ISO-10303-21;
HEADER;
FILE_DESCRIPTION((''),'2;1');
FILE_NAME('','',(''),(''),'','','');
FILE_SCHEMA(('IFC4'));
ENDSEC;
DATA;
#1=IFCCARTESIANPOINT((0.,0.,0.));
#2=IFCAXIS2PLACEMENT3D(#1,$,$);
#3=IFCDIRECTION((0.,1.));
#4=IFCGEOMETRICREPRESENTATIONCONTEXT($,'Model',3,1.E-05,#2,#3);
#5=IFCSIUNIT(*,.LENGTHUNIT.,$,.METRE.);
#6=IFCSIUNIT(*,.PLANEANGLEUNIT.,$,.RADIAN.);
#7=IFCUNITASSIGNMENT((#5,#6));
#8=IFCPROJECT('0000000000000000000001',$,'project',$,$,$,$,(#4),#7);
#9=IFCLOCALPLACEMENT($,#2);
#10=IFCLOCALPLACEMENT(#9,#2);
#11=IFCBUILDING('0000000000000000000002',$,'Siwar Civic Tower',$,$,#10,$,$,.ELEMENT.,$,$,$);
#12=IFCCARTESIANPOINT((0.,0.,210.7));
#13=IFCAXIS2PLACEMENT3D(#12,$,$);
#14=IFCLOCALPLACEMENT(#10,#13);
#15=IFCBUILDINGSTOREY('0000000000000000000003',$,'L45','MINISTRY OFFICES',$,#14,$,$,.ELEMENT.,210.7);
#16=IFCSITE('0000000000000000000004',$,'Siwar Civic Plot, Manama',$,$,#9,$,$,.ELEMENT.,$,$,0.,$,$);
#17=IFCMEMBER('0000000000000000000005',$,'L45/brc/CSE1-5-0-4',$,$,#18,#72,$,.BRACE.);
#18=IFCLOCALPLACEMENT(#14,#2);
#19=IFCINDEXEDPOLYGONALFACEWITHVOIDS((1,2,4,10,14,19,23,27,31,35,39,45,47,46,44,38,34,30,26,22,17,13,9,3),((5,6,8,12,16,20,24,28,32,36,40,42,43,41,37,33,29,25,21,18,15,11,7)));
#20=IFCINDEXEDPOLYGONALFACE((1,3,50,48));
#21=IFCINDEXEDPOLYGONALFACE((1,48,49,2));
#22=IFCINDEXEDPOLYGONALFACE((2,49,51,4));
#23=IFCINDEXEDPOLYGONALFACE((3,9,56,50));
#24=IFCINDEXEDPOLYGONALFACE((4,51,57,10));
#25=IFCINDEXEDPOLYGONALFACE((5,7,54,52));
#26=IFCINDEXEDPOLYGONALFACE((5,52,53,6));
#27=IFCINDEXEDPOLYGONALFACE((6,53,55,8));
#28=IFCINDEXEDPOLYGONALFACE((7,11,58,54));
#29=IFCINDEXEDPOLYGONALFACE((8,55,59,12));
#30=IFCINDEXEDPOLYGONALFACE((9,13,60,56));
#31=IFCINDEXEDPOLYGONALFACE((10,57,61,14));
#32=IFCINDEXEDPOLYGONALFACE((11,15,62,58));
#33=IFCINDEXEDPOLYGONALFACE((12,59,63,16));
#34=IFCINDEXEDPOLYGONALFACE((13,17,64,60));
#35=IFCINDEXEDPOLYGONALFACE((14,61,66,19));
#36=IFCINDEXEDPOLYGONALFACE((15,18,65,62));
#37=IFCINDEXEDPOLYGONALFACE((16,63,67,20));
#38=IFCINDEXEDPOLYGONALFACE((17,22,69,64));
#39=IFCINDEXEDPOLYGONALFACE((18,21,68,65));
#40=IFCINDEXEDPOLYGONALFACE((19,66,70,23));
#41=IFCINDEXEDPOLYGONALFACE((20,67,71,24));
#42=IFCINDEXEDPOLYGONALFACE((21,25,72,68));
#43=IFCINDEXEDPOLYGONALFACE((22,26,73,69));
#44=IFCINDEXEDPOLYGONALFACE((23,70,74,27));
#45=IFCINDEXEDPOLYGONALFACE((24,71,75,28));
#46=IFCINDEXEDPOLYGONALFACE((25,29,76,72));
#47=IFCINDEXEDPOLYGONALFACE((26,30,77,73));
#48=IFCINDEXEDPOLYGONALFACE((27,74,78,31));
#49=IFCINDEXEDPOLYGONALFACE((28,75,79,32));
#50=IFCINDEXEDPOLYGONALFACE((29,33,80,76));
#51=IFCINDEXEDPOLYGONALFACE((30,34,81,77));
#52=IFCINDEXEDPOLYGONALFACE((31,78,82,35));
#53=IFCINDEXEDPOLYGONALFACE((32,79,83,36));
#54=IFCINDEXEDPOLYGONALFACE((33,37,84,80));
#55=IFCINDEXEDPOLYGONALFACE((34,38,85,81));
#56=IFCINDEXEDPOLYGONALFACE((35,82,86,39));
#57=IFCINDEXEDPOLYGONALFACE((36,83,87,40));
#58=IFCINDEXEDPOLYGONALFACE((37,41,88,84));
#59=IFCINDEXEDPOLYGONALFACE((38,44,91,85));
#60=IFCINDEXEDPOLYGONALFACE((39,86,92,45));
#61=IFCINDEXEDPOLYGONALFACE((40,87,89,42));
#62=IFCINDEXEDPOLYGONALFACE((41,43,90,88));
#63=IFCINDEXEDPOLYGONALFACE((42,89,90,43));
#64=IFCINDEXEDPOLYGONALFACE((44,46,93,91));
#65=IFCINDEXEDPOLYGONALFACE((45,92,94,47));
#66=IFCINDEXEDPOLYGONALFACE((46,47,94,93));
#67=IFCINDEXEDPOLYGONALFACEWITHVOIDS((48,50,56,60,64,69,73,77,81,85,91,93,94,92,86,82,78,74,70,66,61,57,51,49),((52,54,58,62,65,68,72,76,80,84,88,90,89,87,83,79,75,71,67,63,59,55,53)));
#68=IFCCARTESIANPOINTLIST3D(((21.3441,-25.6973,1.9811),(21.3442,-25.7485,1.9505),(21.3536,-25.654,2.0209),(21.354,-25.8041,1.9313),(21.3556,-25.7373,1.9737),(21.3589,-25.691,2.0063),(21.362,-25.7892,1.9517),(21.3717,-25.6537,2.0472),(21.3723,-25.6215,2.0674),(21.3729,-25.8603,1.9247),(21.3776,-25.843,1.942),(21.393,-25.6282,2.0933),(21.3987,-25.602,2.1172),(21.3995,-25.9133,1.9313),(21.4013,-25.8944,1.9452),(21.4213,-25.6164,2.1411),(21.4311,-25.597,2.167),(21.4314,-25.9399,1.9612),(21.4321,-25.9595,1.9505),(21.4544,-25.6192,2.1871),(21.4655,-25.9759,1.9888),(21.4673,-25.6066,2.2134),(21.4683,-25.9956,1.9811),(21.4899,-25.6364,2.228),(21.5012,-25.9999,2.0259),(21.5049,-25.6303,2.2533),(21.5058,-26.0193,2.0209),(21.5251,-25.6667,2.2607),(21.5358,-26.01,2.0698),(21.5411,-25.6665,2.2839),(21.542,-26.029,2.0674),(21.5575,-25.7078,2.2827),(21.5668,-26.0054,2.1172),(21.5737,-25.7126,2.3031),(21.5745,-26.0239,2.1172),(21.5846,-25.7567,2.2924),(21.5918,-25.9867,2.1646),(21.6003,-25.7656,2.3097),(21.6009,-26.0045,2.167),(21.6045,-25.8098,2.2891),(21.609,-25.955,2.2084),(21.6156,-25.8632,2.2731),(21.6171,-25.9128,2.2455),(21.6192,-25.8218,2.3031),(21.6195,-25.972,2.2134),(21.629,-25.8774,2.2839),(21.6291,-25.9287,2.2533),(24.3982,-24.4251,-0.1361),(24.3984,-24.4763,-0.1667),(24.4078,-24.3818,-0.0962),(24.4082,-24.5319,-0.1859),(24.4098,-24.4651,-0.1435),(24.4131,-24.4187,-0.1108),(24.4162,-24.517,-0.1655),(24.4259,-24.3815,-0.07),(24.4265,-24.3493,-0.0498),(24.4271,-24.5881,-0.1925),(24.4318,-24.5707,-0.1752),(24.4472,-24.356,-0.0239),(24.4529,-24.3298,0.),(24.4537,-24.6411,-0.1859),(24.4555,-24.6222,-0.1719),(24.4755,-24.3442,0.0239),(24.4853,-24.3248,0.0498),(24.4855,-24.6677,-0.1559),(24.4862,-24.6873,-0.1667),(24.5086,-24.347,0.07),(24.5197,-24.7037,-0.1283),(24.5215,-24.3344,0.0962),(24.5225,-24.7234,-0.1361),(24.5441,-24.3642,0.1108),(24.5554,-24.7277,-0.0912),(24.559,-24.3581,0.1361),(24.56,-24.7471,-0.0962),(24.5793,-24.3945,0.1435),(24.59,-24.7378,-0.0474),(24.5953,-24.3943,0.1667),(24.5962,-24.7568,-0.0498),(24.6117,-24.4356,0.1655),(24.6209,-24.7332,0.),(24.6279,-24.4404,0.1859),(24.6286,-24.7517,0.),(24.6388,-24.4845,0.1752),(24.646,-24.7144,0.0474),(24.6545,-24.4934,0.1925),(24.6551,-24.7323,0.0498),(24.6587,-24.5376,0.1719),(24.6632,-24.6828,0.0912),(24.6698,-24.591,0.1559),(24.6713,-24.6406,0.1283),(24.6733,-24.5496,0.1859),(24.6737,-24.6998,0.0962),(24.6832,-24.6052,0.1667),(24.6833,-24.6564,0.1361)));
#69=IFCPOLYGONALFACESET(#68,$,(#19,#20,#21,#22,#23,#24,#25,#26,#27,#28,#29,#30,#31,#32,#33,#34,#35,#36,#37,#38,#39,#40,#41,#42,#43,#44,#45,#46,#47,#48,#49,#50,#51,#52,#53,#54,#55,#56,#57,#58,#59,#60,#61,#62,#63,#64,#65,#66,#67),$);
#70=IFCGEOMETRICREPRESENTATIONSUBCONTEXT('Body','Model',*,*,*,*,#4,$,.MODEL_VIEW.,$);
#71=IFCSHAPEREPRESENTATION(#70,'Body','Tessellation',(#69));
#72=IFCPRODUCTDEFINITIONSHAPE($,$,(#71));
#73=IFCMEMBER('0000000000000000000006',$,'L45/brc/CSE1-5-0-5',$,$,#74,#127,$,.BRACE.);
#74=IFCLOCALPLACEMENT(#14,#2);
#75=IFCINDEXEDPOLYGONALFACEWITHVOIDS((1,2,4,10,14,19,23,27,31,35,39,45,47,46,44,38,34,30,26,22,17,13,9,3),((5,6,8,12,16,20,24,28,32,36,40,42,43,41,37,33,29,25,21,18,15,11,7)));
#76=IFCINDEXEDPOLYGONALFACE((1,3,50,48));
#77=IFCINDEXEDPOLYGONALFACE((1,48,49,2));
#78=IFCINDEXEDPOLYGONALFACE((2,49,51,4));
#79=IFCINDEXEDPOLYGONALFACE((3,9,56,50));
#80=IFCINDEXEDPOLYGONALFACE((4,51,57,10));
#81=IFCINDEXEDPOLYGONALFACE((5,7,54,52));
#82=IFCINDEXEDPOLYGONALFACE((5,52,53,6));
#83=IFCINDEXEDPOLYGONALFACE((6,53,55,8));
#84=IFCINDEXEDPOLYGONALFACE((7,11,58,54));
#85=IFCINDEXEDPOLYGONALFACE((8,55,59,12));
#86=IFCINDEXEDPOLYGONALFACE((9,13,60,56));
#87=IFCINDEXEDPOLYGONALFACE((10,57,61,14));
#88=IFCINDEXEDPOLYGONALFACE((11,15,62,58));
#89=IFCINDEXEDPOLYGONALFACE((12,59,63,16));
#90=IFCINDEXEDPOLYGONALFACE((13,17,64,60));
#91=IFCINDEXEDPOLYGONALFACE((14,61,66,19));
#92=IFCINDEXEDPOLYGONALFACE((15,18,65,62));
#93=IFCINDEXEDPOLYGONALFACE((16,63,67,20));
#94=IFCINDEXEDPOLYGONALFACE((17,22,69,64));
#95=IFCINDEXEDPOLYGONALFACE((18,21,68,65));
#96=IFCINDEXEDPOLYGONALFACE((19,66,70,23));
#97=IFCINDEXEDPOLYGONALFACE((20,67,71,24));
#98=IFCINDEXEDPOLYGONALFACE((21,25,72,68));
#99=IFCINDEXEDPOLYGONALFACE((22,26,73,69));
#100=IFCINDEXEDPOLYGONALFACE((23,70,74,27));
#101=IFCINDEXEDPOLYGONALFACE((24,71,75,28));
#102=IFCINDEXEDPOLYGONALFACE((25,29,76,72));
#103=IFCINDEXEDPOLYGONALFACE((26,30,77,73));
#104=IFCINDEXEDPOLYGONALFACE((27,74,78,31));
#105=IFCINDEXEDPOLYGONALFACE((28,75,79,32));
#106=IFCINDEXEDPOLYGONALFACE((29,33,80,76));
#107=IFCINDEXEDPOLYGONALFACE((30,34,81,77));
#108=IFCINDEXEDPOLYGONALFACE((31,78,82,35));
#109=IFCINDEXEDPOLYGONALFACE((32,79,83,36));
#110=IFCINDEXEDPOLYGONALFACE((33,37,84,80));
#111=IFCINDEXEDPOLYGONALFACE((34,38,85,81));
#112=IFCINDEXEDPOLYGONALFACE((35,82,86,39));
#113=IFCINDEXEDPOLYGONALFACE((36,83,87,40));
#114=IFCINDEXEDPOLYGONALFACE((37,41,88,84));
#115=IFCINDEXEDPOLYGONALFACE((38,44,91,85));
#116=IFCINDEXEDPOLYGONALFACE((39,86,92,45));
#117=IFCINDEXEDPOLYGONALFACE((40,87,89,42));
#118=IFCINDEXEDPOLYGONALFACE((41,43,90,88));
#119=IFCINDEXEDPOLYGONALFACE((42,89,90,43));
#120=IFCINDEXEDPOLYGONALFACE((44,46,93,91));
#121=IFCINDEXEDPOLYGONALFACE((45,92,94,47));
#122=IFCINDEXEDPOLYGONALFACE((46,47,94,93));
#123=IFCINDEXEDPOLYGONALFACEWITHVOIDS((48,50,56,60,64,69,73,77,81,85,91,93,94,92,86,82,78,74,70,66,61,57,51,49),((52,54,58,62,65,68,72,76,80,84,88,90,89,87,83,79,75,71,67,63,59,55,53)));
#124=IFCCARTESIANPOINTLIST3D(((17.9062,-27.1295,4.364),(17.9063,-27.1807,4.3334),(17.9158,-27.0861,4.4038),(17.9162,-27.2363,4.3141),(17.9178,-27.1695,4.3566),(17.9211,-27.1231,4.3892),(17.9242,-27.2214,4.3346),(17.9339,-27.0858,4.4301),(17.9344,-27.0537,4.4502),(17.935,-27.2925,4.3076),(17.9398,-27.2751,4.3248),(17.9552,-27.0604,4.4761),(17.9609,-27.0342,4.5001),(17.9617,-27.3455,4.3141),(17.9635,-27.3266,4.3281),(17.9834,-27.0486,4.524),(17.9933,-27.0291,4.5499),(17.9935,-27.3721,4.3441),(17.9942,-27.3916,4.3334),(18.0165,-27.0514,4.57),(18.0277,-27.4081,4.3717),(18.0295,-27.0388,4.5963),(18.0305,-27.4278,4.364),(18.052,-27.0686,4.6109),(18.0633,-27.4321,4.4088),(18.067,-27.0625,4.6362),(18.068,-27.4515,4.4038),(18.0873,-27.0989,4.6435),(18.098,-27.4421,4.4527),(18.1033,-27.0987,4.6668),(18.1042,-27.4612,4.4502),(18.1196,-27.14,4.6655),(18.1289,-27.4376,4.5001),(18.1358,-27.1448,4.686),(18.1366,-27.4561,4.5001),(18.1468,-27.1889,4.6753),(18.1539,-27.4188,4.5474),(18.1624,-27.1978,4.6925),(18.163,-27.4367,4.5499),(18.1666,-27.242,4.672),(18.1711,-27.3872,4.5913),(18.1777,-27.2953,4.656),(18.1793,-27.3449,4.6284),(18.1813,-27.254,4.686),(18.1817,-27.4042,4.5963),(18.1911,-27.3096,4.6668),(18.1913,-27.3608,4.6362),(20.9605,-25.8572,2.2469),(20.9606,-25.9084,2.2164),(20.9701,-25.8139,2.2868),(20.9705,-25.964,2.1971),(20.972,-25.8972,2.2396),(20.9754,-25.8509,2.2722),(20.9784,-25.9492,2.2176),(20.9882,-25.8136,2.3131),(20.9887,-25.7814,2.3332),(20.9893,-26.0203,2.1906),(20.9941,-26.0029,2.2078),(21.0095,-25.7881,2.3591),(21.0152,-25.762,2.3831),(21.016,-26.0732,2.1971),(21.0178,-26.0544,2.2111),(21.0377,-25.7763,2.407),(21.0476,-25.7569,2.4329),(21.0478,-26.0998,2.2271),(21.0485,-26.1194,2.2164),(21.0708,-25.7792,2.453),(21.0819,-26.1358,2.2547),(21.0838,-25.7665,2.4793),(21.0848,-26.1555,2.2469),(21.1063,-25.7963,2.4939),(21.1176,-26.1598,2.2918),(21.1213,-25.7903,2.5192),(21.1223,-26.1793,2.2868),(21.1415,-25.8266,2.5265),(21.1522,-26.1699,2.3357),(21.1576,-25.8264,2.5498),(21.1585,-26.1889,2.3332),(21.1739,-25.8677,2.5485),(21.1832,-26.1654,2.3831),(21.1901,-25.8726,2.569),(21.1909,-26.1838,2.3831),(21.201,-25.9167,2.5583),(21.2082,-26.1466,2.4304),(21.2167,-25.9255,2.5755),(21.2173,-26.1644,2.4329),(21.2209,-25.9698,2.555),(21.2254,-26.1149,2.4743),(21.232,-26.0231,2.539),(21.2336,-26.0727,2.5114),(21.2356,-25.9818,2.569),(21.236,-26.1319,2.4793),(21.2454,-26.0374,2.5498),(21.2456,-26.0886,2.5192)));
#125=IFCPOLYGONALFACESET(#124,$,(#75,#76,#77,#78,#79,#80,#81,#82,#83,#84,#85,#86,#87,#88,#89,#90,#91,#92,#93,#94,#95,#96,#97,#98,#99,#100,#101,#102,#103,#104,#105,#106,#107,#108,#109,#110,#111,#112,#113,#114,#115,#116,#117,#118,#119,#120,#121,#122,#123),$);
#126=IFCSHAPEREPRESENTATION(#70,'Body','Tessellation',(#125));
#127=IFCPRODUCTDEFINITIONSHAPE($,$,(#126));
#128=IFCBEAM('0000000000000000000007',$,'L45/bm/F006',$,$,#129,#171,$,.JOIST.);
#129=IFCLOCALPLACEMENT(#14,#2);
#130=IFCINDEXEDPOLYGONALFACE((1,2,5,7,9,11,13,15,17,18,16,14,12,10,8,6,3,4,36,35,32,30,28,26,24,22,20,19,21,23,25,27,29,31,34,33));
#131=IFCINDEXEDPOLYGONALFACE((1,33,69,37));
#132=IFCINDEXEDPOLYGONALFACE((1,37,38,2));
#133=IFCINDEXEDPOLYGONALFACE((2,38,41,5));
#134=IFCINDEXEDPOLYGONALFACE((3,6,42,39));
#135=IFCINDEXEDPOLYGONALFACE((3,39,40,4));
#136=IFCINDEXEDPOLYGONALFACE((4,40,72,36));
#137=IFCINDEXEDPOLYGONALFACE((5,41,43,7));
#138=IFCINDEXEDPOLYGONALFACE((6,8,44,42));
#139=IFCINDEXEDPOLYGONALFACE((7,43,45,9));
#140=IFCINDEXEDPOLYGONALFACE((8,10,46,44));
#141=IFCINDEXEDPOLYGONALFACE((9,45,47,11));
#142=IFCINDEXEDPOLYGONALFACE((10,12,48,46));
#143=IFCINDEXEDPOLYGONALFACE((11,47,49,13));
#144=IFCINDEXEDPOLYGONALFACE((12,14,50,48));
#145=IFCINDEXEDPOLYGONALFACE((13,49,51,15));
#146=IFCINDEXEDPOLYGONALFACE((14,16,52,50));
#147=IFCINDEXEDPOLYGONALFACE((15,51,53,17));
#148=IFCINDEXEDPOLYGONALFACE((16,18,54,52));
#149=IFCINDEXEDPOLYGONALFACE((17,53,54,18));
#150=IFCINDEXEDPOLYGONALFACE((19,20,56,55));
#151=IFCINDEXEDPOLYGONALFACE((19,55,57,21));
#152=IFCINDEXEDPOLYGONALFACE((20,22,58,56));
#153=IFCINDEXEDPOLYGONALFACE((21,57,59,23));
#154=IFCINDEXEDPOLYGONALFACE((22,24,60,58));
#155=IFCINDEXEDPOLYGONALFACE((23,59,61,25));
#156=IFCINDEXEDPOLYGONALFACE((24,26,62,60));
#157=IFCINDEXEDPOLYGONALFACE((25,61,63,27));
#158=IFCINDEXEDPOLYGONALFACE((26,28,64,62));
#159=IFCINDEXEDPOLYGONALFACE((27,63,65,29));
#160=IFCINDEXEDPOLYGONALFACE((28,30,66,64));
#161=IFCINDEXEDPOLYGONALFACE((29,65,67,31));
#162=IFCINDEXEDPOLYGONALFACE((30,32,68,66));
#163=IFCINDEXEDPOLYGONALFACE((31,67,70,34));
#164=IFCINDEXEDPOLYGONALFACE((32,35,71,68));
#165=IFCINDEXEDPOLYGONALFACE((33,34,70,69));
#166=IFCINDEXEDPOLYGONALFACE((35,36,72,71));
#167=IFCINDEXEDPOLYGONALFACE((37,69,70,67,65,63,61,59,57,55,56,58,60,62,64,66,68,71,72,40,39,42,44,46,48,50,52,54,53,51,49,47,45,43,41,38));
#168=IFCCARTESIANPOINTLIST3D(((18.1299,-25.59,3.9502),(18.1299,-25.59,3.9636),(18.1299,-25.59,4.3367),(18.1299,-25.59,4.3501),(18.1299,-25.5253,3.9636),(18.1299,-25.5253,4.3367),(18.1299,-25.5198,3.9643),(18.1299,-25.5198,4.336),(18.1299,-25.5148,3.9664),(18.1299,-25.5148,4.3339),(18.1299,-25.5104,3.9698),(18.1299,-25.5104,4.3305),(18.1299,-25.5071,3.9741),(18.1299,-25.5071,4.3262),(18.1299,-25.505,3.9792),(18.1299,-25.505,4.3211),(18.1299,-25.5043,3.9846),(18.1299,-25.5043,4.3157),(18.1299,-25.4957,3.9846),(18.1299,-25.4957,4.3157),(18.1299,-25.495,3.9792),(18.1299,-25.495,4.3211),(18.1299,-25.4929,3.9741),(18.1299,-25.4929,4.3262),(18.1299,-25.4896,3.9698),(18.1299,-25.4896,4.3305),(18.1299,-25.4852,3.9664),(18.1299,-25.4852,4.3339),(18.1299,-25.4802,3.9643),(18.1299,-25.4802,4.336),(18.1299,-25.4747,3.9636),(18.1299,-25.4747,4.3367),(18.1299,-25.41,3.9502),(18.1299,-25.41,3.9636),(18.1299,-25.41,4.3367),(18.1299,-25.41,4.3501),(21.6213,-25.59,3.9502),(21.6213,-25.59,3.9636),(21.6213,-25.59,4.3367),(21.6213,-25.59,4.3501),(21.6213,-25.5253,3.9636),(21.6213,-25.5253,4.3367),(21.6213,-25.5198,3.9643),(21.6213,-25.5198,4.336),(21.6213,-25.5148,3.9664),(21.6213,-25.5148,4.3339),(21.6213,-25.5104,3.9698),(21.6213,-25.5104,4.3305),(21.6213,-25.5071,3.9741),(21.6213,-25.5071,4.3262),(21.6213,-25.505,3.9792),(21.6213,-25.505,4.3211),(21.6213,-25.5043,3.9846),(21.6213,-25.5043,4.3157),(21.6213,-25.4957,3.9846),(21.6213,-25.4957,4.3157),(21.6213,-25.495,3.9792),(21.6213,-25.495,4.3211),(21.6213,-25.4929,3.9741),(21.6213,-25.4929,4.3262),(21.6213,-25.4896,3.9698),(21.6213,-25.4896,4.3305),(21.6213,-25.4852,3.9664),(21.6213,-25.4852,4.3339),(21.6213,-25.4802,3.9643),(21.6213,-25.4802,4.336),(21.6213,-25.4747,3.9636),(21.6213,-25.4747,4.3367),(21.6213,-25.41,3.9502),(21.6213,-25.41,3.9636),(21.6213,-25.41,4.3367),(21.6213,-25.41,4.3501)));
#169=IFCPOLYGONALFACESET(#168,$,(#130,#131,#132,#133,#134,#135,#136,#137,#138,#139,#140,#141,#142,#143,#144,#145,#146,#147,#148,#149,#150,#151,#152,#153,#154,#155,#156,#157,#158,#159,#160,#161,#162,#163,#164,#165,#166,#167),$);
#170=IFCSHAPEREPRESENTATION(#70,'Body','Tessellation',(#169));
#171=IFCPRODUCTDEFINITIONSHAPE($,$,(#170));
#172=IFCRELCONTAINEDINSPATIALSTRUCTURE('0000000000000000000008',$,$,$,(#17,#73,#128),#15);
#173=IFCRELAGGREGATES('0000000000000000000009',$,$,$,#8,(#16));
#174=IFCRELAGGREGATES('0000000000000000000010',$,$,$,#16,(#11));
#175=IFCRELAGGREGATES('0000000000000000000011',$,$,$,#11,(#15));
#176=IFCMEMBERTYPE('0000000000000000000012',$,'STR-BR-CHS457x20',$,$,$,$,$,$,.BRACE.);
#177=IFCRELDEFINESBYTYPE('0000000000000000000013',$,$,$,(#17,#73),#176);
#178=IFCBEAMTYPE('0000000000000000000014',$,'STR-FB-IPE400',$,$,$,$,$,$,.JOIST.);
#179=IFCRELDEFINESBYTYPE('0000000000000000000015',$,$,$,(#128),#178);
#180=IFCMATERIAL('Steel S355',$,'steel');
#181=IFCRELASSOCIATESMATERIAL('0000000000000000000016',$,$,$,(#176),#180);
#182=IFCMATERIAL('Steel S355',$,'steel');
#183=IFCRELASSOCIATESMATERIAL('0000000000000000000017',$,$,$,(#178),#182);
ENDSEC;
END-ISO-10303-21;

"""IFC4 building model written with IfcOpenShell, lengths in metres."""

from ifc_helpers import new_model, si_unit, direction, frame, origin, origin_2d, place, context, subcontext, project, spatial, hollow_circle, i_section, extrude, material, material_profile, profile_set, type_object, element, save


model = new_model("IFC4")

# Units and contexts
model_context = context("Model", 3, precision=1e-05, world=origin(), true_north=direction((0.0, 1.0)))
body_context = subcontext(model_context, "Body", "Model", "MODEL_VIEW")
ifc_project = project(units=[si_unit("LENGTHUNIT", "METRE"), si_unit("PLANEANGLEUNIT", "RADIAN")], contexts=[model_context])

# Site, building, storey
site_placement = place(None, origin())
site = spatial("IfcSite", under=ifc_project, at=site_placement, Name="Siwar Civic Plot, Manama", CompositionType="ELEMENT", RefElevation=0.0)
building_placement = place(site_placement, origin())
building = spatial("IfcBuilding", under=site, at=building_placement, Name="Siwar Civic Tower", CompositionType="ELEMENT")
storey_placement = place(building_placement, frame((0.0, 0.0, 210.7)))
storey = spatial("IfcBuildingStorey", under=building, at=storey_placement, Name="L45", Description="MINISTRY OFFICES", CompositionType="ELEMENT", Elevation=210.7)

# Members
ifc_material_1 = material(Name="Steel S355", Category="steel")
ifc_material_profile_1 = material_profile(ifc_material_1, hollow_circle(Radius=0.2285, WallThickness=0.02, at=origin_2d()), Name="CHS457x20")
ifc_profile_set_1 = profile_set([ifc_material_profile_1], Name="Steel S355")
member_type_1 = type_object("IfcMemberType", Name="STR-BR-CHS457x20", PredefinedType="BRACE", material=ifc_profile_set_1)
for number, where, z_axis, x_axis, name in (
    (1, (24.5408, -24.5408, 0.0), (-0.777546, -0.323884, 0.538999), (0.384521, -0.923116, 0.0), "L45/brc/CSE1-5-0-4"),
    (2, (21.103, -25.9729, 2.3831), (-0.777572, -0.323895, 0.538955), (0.384521, -0.923116, 0.0), "L45/brc/CSE1-5-0-5"),
):
    element("IfcMember", number, at=place(storey_placement, frame(where, z_axis=z_axis, x_axis=x_axis)), inside=storey, type_object=member_type_1, Name=name, PredefinedType="BRACE", context=body_context, shape_type="SweptSolid", body=[
        extrude(hollow_circle(Radius=0.2285, WallThickness=0.02, at=origin_2d()), origin(), (0.0, 0.0, 1.0), 3.928),
    ])

# Beam
ifc_material_2 = material(Name="Steel S355", Category="steel")
ifc_material_profile_2 = material_profile(ifc_material_2, i_section(OverallWidth=0.1799, OverallDepth=0.3999, WebThickness=0.0085, FlangeThickness=0.0134, FilletRadius=0.021, at=origin_2d()), Name="IPE400")
ifc_profile_set_2 = profile_set([ifc_material_profile_2], Name="Steel S355")
beam_type_1 = type_object("IfcBeamType", Name="STR-FB-IPE400", PredefinedType="JOIST", material=ifc_profile_set_2)
beam_1_placement = place(storey_placement, frame((18.1299, -25.5, 4.1501), z_axis=(1.0, 0.0, 0.0), x_axis=(0.0, 1.0, 0.0)))
element("IfcBeam", 3, at=beam_1_placement, inside=storey, type_object=beam_type_1, Name="L45/bm/F006", PredefinedType="JOIST", context=body_context, shape_type="SweptSolid", body=[
    extrude(i_section(OverallWidth=0.1799, OverallDepth=0.3999, WebThickness=0.0085, FlangeThickness=0.0134, FilletRadius=0.021, at=origin_2d()), origin(), (0.0, 0.0, 1.0), 3.4915),
])

save(model, "model.ifc")
